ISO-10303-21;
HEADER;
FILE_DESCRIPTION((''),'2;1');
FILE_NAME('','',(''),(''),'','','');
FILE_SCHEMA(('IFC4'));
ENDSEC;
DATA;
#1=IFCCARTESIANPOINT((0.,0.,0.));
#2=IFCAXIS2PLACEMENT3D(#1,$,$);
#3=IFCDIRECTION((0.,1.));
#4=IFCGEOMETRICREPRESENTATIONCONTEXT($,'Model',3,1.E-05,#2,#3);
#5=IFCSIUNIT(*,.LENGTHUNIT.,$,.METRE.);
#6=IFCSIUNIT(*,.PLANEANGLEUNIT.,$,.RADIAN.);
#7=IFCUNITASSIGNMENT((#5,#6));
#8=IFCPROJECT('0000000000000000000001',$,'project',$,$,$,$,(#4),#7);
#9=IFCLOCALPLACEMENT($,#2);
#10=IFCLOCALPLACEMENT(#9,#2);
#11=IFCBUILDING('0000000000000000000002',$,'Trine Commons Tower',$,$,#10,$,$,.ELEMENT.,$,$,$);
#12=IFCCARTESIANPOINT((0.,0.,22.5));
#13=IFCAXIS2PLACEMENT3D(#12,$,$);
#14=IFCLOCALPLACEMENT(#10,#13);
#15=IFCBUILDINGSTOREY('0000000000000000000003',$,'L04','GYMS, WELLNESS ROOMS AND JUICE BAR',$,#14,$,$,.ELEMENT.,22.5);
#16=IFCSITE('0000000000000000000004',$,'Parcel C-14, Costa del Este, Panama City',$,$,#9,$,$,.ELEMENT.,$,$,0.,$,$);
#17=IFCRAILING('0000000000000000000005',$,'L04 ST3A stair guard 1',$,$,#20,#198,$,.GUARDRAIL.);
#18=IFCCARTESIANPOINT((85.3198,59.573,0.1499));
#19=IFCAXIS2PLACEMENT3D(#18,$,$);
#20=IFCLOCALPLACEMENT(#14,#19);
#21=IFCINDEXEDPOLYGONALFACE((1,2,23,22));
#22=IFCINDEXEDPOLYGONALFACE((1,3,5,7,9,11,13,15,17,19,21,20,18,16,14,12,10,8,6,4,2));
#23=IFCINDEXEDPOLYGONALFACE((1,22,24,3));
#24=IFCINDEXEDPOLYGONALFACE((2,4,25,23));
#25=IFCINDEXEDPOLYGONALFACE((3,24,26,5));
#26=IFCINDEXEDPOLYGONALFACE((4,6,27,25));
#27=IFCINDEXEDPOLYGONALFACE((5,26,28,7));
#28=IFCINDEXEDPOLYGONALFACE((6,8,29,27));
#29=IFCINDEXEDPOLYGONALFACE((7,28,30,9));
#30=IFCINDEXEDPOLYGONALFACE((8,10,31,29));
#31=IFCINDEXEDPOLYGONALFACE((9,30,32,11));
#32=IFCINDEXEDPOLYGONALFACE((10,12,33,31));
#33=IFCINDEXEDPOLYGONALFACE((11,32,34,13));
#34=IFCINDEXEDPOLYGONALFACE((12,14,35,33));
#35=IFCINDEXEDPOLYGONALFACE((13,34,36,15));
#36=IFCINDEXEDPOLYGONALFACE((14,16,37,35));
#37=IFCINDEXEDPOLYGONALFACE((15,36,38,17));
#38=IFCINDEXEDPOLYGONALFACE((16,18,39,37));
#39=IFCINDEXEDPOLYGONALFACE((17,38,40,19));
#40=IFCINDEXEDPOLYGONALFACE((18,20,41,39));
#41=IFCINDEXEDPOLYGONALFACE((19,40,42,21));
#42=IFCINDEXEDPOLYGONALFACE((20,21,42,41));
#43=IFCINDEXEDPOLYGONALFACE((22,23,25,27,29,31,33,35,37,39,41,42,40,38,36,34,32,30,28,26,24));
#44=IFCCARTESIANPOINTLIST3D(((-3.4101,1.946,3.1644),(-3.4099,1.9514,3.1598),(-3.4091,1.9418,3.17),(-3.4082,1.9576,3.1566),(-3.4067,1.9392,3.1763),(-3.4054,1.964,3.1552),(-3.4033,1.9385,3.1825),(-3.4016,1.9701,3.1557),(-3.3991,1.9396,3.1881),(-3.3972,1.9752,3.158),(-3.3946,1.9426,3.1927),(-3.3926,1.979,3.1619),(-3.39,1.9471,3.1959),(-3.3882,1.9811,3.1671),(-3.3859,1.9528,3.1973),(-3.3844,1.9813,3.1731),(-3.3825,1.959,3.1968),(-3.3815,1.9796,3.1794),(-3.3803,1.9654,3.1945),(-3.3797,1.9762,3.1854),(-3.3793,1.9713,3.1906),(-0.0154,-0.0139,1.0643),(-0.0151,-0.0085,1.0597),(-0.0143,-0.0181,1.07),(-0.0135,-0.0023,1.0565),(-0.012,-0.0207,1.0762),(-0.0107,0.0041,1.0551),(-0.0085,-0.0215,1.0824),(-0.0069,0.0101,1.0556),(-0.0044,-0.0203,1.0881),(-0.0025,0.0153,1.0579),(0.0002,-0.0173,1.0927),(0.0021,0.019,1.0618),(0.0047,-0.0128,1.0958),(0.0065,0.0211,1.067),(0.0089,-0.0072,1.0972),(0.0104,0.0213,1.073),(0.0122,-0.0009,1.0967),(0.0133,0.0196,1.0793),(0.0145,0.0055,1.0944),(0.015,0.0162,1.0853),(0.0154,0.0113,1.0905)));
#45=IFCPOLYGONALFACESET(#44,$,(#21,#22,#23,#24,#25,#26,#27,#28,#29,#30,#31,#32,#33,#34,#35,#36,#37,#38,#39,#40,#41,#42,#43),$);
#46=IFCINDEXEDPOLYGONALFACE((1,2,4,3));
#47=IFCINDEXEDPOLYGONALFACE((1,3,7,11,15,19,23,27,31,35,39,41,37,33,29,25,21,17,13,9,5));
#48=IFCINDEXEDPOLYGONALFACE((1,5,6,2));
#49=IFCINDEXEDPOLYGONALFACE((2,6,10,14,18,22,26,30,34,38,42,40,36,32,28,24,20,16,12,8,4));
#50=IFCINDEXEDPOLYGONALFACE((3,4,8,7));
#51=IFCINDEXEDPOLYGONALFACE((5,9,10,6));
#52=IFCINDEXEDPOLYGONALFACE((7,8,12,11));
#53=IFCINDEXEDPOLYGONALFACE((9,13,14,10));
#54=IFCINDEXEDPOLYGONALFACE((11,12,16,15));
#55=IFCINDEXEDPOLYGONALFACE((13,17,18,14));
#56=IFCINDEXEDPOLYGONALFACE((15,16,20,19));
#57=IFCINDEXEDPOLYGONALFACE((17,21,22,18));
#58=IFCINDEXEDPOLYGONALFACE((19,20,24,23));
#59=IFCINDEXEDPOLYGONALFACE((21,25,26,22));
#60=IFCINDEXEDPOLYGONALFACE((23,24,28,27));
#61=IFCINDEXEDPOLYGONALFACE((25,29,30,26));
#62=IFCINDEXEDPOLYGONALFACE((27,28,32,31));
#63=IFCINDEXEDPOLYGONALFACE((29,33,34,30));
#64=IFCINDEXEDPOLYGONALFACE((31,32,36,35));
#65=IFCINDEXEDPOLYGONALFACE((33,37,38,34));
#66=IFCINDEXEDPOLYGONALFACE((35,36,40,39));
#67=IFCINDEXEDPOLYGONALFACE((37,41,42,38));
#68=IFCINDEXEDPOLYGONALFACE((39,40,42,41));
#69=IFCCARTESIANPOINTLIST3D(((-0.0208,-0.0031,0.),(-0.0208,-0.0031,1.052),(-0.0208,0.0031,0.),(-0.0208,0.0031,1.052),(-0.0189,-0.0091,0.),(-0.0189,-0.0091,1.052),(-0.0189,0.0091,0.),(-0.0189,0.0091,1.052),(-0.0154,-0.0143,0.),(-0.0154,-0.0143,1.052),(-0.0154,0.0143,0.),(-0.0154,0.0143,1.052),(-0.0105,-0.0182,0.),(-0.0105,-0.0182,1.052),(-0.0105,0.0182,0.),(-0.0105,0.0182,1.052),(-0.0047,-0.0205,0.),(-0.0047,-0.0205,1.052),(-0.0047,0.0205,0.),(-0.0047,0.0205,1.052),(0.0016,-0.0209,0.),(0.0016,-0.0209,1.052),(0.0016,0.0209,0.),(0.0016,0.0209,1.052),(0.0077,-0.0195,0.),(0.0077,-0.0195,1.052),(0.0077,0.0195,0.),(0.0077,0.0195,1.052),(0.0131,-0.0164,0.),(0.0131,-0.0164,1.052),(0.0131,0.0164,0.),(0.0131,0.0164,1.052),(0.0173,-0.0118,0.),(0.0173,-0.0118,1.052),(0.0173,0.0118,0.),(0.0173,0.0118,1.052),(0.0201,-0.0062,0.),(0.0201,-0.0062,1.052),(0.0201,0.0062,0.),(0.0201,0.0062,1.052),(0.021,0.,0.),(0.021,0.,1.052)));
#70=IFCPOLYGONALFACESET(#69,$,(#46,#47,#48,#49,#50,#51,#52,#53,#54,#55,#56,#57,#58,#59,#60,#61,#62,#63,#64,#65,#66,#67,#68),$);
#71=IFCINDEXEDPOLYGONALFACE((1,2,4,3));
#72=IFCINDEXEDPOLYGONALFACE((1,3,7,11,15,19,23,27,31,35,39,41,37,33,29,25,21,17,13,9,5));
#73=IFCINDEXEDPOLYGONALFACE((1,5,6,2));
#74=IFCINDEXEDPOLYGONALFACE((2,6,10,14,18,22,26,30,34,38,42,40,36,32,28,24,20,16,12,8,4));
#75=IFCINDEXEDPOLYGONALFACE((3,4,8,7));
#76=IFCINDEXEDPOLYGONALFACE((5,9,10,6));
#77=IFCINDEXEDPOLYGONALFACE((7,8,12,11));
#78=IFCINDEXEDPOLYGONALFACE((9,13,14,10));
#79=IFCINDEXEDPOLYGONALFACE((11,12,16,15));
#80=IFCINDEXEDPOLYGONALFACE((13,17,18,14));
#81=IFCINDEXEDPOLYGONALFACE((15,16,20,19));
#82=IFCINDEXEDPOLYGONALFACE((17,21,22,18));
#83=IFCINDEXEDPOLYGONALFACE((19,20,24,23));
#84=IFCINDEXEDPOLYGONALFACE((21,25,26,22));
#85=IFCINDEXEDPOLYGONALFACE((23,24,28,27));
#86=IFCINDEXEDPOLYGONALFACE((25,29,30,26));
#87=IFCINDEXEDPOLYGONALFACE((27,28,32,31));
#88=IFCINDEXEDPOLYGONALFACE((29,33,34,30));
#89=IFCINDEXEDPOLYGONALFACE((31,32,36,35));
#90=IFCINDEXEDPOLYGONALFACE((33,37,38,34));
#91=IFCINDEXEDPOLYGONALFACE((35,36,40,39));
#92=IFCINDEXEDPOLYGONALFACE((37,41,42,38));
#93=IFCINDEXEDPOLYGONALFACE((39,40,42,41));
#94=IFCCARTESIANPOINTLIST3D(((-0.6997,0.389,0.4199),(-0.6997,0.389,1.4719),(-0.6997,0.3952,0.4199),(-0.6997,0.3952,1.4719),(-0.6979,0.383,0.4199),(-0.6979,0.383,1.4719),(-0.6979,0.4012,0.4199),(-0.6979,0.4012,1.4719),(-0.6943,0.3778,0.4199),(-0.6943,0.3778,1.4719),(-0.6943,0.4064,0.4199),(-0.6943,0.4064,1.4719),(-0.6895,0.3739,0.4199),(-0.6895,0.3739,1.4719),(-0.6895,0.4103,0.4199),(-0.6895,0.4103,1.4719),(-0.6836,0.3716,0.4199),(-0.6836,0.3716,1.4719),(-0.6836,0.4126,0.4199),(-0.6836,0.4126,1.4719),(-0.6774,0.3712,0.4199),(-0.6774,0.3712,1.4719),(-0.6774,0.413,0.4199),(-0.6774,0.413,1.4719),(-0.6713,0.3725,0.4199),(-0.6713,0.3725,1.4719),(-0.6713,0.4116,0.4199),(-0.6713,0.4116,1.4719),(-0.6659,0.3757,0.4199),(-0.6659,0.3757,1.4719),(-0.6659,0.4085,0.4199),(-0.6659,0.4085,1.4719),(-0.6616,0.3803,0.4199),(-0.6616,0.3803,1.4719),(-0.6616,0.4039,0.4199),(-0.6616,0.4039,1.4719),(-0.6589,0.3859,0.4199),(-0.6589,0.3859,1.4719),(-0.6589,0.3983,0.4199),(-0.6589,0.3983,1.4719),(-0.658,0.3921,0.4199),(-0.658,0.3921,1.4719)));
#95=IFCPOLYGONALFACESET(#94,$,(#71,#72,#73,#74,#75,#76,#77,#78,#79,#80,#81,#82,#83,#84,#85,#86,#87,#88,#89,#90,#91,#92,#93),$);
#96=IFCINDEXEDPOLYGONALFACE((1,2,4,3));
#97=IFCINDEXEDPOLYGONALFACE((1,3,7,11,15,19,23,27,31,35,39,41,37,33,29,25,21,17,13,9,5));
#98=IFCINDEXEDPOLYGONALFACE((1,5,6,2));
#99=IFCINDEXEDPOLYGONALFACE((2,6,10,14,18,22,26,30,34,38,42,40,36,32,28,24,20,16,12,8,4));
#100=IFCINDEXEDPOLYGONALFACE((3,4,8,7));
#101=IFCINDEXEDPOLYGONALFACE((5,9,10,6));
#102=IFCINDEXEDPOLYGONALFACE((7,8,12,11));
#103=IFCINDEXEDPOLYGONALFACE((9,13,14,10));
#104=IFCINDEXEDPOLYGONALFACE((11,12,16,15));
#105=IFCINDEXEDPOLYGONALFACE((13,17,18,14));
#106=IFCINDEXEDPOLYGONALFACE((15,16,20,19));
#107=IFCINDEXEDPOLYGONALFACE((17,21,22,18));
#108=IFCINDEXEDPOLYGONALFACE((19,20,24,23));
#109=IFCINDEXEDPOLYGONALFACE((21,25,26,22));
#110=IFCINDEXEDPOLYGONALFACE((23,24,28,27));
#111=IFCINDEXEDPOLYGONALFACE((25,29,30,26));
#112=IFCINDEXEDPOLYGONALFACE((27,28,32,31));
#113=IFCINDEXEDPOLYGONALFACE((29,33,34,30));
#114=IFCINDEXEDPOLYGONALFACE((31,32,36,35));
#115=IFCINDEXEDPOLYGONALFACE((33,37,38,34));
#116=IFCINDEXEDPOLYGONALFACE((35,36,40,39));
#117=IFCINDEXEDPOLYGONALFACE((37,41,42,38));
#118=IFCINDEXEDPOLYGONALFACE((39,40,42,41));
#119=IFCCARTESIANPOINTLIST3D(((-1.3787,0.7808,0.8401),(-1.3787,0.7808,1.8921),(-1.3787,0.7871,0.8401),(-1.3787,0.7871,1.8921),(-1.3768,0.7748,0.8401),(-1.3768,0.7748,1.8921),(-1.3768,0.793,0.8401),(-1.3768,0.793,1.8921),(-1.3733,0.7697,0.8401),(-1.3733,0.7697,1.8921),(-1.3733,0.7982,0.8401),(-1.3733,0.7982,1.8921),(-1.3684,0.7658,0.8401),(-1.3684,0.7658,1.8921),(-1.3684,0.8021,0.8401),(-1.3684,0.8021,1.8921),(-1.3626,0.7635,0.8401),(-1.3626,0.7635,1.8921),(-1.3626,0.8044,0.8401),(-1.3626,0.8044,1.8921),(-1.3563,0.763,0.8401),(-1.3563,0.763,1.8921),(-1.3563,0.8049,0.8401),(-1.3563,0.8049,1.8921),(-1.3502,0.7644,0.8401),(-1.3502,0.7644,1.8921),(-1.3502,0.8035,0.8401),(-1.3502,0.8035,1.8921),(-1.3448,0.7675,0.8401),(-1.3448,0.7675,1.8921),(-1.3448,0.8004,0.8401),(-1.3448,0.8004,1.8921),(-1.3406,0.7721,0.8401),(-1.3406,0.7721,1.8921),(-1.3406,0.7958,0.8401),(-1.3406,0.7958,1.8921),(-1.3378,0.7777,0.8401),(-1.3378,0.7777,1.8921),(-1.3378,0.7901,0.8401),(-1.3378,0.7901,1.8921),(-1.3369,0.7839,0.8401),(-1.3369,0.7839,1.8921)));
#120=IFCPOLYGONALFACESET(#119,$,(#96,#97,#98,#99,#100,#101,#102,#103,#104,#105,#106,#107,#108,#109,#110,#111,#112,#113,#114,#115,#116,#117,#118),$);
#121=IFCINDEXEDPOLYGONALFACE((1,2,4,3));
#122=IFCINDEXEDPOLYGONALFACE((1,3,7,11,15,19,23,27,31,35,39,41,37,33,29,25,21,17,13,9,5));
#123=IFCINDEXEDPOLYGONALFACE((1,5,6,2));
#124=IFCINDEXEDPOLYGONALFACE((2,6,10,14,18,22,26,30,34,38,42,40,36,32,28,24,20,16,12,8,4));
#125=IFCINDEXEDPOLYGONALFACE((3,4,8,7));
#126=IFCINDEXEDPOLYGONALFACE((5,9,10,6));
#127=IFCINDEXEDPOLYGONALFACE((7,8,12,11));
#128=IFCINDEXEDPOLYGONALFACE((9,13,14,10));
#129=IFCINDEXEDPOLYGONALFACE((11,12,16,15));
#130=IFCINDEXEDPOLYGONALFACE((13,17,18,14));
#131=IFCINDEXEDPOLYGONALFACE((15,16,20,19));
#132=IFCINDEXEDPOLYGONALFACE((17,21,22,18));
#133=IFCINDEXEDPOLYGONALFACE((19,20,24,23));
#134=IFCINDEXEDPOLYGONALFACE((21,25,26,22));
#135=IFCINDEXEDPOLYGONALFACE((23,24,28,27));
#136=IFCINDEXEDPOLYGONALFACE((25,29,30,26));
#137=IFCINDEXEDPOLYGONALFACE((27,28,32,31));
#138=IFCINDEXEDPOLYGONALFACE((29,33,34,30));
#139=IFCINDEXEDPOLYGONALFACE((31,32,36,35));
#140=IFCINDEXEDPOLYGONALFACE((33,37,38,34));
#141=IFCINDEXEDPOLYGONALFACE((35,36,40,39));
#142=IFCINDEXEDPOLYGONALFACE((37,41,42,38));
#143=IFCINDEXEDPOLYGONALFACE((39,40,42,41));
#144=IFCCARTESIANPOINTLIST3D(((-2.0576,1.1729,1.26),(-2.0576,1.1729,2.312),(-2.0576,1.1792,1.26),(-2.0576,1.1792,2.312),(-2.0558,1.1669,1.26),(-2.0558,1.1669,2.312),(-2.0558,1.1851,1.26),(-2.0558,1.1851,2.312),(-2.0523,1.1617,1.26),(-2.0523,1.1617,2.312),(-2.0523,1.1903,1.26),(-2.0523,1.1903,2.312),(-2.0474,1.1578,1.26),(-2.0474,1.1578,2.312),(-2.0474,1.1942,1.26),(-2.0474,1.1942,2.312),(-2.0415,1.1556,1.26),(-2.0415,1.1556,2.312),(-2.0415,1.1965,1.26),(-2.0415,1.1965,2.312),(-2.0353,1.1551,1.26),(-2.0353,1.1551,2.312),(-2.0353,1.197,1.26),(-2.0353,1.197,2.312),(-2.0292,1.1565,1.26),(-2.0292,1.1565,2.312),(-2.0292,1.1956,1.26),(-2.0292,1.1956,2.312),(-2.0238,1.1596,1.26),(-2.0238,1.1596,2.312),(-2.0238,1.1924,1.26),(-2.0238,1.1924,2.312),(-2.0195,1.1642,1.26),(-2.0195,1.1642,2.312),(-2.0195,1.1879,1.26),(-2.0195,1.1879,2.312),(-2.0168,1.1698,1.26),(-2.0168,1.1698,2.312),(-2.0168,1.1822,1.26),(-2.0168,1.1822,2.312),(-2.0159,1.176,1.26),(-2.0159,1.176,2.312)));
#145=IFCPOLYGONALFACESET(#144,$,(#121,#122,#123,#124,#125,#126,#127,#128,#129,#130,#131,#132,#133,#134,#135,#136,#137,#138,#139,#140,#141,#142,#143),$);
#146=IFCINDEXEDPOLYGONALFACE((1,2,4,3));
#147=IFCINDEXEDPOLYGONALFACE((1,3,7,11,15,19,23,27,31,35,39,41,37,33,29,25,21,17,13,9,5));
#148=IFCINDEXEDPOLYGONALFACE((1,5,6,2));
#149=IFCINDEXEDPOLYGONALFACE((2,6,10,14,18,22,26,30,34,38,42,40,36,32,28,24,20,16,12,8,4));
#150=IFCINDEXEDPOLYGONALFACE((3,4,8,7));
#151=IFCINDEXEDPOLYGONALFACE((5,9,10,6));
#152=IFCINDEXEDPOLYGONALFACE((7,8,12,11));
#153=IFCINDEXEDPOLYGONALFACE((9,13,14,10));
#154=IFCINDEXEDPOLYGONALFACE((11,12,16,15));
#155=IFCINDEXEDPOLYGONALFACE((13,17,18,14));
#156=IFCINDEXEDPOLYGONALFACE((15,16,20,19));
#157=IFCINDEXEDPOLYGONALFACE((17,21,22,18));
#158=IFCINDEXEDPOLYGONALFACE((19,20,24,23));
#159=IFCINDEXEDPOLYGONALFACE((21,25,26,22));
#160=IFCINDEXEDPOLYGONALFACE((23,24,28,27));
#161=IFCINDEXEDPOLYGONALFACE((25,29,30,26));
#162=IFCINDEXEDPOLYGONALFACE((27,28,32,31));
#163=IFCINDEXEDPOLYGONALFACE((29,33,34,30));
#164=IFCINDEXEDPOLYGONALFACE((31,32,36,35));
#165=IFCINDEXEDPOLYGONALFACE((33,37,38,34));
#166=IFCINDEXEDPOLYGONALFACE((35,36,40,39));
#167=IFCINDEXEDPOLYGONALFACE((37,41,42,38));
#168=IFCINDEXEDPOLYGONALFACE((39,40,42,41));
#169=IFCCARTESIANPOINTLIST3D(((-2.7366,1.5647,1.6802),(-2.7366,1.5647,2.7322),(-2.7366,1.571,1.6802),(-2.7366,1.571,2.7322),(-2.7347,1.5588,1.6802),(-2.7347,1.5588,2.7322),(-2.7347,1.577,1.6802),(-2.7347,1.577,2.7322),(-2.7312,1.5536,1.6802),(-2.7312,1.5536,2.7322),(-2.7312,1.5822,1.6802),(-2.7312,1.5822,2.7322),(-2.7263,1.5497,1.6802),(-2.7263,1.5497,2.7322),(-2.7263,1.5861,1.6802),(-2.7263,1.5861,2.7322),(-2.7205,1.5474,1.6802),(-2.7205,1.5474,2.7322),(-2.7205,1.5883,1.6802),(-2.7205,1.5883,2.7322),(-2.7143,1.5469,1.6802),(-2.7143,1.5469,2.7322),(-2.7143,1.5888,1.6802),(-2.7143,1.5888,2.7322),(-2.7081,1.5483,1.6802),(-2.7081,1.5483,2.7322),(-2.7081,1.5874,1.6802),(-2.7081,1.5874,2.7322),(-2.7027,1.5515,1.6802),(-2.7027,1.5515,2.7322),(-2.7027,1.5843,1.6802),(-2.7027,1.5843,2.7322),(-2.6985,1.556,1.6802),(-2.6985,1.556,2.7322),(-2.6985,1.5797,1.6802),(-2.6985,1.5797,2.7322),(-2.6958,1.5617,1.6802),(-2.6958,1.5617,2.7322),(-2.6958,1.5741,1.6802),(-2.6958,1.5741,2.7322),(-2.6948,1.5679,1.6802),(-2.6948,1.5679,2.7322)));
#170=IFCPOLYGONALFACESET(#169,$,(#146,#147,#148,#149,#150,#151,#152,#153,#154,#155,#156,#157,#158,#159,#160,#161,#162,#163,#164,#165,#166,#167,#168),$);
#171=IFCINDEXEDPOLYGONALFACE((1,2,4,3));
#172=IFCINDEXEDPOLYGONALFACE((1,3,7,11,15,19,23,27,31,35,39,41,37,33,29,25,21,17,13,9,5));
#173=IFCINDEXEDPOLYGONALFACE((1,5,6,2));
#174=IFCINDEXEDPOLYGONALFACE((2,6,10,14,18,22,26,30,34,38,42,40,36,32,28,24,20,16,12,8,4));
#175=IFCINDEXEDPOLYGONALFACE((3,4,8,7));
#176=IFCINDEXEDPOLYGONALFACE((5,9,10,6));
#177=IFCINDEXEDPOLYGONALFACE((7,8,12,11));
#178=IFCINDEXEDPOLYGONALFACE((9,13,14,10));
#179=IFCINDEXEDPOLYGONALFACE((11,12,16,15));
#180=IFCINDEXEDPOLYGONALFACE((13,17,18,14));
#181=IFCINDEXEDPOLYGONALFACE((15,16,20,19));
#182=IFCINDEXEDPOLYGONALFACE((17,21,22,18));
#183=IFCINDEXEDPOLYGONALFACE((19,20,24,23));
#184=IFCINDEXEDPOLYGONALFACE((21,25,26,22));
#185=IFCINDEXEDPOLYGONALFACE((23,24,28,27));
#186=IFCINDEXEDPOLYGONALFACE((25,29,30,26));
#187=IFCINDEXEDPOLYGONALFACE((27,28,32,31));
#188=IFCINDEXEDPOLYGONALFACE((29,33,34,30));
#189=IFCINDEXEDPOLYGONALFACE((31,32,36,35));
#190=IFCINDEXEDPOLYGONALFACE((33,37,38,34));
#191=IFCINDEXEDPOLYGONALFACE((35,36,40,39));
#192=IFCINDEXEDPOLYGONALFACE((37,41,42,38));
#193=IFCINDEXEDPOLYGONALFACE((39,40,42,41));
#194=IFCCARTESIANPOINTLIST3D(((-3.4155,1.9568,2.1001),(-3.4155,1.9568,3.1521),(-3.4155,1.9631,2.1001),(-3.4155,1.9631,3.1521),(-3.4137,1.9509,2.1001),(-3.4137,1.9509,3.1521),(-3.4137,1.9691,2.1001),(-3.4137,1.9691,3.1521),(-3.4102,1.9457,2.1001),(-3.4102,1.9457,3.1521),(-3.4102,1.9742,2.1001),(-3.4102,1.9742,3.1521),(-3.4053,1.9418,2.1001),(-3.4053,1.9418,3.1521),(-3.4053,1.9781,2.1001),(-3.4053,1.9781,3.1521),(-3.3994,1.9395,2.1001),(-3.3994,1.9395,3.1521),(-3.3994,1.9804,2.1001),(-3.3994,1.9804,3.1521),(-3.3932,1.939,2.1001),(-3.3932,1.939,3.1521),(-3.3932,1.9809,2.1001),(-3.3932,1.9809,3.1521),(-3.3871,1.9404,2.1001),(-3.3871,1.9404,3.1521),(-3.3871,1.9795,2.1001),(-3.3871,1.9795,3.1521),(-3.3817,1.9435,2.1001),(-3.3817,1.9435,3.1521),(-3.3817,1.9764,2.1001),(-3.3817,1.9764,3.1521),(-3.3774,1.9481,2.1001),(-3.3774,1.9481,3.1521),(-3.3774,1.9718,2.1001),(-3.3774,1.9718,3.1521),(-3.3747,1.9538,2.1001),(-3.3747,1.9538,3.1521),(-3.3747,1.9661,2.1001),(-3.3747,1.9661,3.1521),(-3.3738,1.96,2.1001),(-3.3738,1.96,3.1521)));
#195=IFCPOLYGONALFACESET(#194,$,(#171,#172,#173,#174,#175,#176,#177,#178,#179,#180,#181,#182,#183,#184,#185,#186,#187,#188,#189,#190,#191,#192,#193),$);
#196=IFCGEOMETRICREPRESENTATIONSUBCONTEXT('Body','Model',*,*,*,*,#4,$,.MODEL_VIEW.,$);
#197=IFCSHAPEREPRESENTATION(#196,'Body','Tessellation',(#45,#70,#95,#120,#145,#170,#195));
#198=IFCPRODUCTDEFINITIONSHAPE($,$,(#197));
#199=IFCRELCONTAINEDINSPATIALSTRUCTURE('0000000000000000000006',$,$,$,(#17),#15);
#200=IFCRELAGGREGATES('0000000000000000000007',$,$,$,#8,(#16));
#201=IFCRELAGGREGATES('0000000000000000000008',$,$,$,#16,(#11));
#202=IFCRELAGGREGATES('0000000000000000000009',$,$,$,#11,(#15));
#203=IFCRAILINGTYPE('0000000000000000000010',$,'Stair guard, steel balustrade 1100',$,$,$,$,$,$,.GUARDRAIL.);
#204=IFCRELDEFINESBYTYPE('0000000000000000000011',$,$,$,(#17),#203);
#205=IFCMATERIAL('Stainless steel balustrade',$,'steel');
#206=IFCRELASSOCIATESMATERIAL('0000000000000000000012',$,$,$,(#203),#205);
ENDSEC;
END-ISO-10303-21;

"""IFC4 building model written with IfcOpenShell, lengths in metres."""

from ifc_helpers import new_model, si_unit, direction, frame, origin, origin_2d, place, context, subcontext, project, spatial, circle, extrude, material, type_object, element, save


model = new_model("IFC4")

# Units and contexts
model_context = context("Model", 3, precision=1e-05, world=origin(), true_north=direction((0.0, 1.0)))
body_context = subcontext(model_context, "Body", "Model", "MODEL_VIEW")
ifc_project = project(units=[si_unit("LENGTHUNIT", "METRE"), si_unit("PLANEANGLEUNIT", "RADIAN")], contexts=[model_context])

# Site, building, storey
site_placement = place(None, origin())
site = spatial("IfcSite", under=ifc_project, at=site_placement, Name="Parcel C-14, Costa del Este, Panama City", CompositionType="ELEMENT", RefElevation=0.0)
building_placement = place(site_placement, origin())
building = spatial("IfcBuilding", under=site, at=building_placement, Name="Trine Commons Tower", CompositionType="ELEMENT")
storey_placement = place(building_placement, frame((0.0, 0.0, 22.5)))
storey = spatial("IfcBuildingStorey", under=building, at=storey_placement, Name="L04", Description="GYMS, WELLNESS ROOMS AND JUICE BAR", CompositionType="ELEMENT", Elevation=22.5)

# Railing
ifc_material_1 = material(Name="Stainless steel balustrade", Category="steel")
railing_type_1 = type_object("IfcRailingType", Name="Stair guard, steel balustrade 1100", PredefinedType="GUARDRAIL", material=ifc_material_1)
railing_1_placement = place(storey_placement, frame((85.3198, 59.573, 0.1499)))
element("IfcRailing", 1, at=railing_1_placement, inside=storey, type_object=railing_type_1, Name="L04 ST3A stair guard 1", PredefinedType="GUARDRAIL", context=body_context, shape_type="SweptSolid", body=[
    extrude(circle(Radius=0.0239, at=origin_2d()), frame((0.0, 0.0, 1.0762), z_axis=(-0.763375, 0.440732, 0.472244), x_axis=(-0.499997, -0.866027, 0.0)), (0.0, 0.0, 1.0), 4.447),
    extrude(circle(Radius=0.021, at=origin_2d()), origin(), (0.0, 0.0, 1.0), 1.052),
    extrude(circle(Radius=0.021, at=origin_2d()), frame((-0.679, 0.3921, 0.4199)), (0.0, 0.0, 1.0), 1.052),
    extrude(circle(Radius=0.021, at=origin_2d()), frame((-1.3579, 0.7839, 0.8401)), (0.0, 0.0, 1.0), 1.052),
    extrude(circle(Radius=0.021, at=origin_2d()), frame((-2.0369, 1.176, 1.26)), (0.0, 0.0, 1.0), 1.052),
    extrude(circle(Radius=0.021, at=origin_2d()), frame((-2.7158, 1.5679, 1.6802)), (0.0, 0.0, 1.0), 1.052),
    extrude(circle(Radius=0.021, at=origin_2d()), frame((-3.3948, 1.96, 2.1001)), (0.0, 0.0, 1.0), 1.052),
])

save(model, "model.ifc")
